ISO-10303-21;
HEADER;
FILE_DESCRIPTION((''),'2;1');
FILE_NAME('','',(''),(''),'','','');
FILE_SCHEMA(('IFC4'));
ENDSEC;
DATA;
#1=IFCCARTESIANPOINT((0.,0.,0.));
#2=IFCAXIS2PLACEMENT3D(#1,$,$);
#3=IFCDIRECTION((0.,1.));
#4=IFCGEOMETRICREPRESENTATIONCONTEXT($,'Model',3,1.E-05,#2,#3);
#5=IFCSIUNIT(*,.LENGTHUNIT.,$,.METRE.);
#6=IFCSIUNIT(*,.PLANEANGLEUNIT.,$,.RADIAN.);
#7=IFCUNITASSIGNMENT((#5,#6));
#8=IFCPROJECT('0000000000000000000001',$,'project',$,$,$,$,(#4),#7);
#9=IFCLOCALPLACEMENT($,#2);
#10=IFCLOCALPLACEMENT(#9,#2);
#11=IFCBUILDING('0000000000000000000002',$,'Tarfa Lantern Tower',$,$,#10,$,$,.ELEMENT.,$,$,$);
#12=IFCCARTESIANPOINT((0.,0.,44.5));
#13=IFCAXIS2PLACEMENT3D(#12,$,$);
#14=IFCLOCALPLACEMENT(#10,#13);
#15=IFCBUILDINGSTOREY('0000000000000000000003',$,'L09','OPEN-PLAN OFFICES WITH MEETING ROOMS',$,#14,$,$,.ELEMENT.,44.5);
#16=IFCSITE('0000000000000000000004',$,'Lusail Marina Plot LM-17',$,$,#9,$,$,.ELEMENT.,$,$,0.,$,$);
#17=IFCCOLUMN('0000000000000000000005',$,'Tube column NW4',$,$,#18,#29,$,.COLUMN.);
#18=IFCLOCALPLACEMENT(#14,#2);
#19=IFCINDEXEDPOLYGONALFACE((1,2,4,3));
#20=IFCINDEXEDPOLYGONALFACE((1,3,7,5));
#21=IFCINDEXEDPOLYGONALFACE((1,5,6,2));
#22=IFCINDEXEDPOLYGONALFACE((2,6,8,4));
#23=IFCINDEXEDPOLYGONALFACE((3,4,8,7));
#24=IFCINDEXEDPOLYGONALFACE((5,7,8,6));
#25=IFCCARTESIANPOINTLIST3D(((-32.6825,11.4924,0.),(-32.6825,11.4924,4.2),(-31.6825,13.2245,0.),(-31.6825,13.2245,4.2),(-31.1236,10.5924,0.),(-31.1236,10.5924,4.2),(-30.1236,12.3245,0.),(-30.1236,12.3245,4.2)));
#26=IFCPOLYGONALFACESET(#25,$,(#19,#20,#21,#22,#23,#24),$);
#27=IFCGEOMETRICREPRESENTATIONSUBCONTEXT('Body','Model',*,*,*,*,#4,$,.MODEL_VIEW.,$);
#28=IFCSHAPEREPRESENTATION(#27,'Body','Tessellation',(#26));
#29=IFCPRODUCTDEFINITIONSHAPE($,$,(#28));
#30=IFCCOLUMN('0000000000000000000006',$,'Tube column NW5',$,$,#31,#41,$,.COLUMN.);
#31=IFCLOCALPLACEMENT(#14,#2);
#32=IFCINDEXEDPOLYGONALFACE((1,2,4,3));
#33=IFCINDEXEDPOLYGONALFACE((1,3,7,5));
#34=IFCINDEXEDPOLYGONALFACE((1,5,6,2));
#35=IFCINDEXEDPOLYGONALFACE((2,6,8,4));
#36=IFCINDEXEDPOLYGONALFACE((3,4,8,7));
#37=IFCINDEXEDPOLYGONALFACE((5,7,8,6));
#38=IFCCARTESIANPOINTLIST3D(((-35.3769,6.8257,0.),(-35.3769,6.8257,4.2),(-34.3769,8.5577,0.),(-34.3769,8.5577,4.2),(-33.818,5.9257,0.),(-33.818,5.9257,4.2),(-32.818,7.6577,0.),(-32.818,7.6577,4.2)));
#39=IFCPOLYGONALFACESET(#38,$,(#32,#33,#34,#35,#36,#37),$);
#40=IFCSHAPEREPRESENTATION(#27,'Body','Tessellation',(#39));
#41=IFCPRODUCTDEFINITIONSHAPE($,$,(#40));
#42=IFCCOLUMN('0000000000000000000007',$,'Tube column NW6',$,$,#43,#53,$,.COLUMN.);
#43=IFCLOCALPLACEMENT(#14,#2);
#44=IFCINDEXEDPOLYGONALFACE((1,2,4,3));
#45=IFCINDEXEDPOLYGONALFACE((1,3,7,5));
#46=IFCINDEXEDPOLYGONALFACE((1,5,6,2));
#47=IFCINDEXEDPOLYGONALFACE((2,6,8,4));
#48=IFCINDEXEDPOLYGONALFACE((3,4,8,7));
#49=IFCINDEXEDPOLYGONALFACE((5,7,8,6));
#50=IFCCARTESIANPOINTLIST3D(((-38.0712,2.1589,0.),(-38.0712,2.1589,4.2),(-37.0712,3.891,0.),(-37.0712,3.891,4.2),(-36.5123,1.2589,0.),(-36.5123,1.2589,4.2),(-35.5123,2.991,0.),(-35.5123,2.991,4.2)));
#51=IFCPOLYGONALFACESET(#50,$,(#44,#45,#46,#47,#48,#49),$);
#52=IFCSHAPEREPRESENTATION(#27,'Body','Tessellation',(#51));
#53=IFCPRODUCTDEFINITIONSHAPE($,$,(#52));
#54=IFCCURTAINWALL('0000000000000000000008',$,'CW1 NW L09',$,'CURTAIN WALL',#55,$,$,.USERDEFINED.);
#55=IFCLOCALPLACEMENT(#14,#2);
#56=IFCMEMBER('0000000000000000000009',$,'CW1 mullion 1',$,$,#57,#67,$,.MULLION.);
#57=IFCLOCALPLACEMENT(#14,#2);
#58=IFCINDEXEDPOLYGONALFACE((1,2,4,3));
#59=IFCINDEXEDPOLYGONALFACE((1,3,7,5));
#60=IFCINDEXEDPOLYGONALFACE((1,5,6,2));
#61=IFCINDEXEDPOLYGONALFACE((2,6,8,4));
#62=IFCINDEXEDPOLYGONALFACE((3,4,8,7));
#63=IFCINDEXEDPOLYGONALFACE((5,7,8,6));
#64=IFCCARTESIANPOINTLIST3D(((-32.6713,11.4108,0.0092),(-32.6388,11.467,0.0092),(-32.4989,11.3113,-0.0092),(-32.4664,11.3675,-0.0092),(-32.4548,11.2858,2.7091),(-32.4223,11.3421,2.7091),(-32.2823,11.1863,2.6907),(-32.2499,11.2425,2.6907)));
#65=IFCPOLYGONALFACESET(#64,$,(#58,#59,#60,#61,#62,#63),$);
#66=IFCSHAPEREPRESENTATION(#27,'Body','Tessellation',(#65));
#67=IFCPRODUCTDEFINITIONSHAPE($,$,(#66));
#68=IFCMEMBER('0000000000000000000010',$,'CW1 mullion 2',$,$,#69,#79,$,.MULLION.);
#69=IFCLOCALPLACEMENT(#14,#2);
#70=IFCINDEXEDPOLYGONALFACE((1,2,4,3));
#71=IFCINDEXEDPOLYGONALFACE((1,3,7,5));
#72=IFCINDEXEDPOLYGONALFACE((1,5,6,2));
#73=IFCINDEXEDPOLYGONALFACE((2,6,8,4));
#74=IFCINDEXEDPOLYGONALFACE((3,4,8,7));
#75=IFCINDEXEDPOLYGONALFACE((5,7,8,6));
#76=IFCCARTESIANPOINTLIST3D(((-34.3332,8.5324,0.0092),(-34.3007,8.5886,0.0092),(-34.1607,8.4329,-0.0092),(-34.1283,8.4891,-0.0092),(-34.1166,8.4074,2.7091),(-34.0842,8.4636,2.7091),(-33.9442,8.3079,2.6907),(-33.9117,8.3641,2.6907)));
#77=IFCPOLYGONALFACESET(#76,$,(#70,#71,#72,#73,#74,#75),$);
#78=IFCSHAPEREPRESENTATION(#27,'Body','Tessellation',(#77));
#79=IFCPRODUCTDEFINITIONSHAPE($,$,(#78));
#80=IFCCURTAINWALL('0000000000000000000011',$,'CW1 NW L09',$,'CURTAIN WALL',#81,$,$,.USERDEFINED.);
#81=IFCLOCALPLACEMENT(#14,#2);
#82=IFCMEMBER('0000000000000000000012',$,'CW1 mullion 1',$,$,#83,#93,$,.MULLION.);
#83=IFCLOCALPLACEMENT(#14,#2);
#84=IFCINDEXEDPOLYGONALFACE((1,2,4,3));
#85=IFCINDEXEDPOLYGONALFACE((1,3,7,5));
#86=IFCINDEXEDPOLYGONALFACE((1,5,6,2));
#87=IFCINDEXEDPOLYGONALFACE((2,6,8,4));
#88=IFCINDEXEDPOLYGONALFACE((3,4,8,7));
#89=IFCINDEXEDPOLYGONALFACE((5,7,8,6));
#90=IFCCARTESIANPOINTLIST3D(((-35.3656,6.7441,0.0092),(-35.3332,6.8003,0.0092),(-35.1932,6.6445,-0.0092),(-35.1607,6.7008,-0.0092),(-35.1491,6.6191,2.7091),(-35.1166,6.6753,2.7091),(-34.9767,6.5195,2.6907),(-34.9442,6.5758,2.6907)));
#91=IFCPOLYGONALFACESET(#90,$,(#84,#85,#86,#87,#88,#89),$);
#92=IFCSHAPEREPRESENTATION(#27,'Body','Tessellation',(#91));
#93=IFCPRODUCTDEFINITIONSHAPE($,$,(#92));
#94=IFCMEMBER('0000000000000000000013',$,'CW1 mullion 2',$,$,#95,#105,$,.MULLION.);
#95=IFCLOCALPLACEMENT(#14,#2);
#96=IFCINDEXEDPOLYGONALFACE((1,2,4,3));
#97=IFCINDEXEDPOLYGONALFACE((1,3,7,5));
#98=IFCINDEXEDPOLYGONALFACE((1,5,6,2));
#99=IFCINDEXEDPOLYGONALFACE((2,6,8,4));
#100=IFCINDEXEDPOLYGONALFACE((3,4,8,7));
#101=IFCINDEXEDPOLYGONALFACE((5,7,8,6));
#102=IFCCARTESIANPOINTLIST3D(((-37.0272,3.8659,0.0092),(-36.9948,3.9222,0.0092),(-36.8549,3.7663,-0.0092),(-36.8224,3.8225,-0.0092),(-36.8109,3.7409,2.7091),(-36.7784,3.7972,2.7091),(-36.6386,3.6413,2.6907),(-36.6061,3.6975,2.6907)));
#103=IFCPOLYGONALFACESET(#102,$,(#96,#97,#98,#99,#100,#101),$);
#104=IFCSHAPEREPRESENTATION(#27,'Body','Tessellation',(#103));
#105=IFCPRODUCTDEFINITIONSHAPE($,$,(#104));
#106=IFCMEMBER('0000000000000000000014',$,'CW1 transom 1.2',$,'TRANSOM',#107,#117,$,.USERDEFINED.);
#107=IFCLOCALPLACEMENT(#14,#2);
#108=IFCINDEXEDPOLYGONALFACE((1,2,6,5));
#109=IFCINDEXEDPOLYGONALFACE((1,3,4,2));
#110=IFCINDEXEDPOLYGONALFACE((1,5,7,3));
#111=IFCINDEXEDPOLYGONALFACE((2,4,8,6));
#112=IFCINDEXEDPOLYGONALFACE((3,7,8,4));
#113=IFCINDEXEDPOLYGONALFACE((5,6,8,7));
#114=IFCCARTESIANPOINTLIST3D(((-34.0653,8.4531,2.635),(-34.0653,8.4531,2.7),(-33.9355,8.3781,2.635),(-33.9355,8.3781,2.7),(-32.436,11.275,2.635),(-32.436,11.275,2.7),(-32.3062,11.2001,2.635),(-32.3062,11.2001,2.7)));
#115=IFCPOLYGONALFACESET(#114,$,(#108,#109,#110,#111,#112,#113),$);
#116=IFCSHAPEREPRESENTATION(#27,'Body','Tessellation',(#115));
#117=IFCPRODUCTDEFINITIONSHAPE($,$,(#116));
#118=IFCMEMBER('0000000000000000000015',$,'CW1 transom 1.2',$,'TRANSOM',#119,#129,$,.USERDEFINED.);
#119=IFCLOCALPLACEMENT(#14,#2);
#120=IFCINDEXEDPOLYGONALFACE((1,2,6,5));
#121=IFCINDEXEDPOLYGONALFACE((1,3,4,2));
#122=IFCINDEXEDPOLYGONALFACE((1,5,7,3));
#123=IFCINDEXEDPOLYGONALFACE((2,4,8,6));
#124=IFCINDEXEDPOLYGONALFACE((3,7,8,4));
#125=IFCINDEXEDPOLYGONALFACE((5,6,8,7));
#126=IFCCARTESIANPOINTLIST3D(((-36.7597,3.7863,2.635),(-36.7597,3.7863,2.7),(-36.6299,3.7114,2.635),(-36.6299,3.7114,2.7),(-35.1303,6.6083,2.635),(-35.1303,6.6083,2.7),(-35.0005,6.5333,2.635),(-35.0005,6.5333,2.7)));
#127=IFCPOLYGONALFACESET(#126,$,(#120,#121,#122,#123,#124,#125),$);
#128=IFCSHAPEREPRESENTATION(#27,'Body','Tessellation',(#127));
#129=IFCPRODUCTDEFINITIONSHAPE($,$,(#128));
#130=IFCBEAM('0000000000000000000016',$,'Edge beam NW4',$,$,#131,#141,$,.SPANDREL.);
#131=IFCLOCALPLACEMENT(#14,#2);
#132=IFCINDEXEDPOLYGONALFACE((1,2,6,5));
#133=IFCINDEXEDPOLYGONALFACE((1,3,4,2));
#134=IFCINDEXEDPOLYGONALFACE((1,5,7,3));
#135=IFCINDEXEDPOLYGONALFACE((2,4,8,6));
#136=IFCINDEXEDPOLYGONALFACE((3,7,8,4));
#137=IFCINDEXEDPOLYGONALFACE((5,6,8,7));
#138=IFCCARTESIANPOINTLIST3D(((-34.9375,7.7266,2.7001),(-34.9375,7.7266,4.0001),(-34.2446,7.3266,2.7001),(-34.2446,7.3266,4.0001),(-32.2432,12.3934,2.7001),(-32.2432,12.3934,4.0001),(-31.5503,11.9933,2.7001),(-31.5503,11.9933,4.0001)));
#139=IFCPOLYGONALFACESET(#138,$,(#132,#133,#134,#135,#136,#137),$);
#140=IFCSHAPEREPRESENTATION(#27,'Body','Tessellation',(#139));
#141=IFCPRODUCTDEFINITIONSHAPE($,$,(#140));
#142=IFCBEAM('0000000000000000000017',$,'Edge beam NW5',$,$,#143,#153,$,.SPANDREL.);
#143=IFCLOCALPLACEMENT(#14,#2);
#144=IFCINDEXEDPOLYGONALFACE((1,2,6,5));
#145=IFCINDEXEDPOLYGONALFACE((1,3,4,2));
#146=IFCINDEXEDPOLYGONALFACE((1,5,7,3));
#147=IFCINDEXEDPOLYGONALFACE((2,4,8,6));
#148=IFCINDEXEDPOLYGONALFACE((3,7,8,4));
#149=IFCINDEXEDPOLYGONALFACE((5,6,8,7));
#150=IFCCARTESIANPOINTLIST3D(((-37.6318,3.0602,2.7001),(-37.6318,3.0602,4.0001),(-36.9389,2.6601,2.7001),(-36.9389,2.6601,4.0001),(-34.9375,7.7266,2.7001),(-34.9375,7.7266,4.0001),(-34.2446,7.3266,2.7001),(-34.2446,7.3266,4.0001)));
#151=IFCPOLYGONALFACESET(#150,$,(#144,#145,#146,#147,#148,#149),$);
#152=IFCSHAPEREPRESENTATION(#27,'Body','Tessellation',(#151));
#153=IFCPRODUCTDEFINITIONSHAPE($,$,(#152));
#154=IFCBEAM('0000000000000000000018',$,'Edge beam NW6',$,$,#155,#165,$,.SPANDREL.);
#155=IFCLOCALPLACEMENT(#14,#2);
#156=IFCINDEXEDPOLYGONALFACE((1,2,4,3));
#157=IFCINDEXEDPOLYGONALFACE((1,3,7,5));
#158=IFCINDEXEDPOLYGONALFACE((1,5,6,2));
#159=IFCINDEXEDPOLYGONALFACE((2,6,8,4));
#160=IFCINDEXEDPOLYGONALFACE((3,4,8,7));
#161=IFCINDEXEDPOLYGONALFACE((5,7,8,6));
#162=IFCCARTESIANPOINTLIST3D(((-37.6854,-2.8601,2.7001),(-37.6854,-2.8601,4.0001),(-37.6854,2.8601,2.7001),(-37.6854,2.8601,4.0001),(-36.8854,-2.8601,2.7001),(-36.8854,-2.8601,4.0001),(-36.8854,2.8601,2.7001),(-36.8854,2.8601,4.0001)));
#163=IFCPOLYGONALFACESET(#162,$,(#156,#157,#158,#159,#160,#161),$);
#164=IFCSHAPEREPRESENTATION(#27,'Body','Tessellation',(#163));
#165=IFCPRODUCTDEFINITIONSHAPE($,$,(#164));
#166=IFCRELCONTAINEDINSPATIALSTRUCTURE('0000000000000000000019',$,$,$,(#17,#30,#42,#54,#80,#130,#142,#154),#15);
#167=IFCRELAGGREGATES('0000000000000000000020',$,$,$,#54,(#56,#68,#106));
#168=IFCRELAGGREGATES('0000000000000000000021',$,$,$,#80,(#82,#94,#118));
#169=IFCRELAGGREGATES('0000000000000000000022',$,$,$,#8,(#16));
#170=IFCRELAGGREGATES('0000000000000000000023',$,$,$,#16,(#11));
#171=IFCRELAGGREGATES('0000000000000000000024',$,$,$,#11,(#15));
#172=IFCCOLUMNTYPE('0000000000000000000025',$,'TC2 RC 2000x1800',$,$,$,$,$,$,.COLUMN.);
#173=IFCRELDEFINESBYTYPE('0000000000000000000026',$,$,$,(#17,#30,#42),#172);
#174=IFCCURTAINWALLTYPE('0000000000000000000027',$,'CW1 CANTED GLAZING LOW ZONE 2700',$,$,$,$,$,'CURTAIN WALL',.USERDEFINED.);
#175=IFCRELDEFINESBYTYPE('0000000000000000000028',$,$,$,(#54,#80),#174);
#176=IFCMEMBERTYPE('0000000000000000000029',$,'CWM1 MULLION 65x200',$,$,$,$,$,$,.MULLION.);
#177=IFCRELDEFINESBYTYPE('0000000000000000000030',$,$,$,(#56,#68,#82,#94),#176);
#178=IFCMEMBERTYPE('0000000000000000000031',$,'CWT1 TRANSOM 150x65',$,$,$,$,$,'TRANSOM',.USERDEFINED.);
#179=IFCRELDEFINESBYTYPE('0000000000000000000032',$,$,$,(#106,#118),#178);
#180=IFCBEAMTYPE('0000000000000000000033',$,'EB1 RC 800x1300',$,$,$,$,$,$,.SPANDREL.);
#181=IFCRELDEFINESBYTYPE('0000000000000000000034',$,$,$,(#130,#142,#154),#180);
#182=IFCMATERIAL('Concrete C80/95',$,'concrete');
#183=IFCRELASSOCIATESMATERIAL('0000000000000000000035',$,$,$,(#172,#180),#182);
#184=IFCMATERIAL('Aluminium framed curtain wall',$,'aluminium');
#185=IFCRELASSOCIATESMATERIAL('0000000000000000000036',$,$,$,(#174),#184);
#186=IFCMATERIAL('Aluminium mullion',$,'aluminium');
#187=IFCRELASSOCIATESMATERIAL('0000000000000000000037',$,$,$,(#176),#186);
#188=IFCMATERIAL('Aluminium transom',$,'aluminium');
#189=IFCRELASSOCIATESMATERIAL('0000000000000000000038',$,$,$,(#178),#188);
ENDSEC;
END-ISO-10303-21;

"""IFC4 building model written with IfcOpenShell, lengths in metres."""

from ifc_helpers import new_model, si_unit, direction, frame, origin, origin_2d, place, context, subcontext, project, spatial, rectangle, extrude, material, material_profile, profile_set, type_object, element, aggregate, save


model = new_model("IFC4")

# Units and contexts
model_context = context("Model", 3, precision=1e-05, world=origin(), true_north=direction((0.0, 1.0)))
body_context = subcontext(model_context, "Body", "Model", "MODEL_VIEW")
ifc_project = project(units=[si_unit("LENGTHUNIT", "METRE"), si_unit("PLANEANGLEUNIT", "RADIAN")], contexts=[model_context])

# Site, building, storey
site_placement = place(None, origin())
site = spatial("IfcSite", under=ifc_project, at=site_placement, Name="Lusail Marina Plot LM-17", CompositionType="ELEMENT", RefElevation=0.0)
building_placement = place(site_placement, origin())
building = spatial("IfcBuilding", under=site, at=building_placement, Name="Tarfa Lantern Tower", CompositionType="ELEMENT")
storey_placement = place(building_placement, frame((0.0, 0.0, 44.5)))
storey = spatial("IfcBuildingStorey", under=building, at=storey_placement, Name="L09", Description="OPEN-PLAN OFFICES WITH MEETING ROOMS", CompositionType="ELEMENT", Elevation=44.5)

# Columns
ifc_material_1 = material(Name="Concrete C80/95", Category="concrete")
ifc_material_profile_1 = material_profile(ifc_material_1, rectangle(XDim=2.0, YDim=1.8, at=origin_2d()), Name="RC 2000x1800")
ifc_profile_set_1 = profile_set([ifc_material_profile_1], Name="Concrete C80/95")
column_type = type_object("IfcColumnType", Name="TC2 RC 2000x1800", PredefinedType="COLUMN", material=ifc_profile_set_1)
for number, where, z_axis, x_axis, name in (
    (1, (-31.4031, 11.9084, 0.0), (0.0, 0.0, 1.0), (-0.5, -0.866025, 0.0), "Tube column NW4"),
    (2, (-34.0974, 7.2417, 0.0), (0.0, 0.0, 1.0), (-0.5, -0.866025, 0.0), "Tube column NW5"),
    (3, (-36.7917, 2.575, 0.0), (0.0, 0.0, 1.0), (-0.5, -0.866025, 0.0), "Tube column NW6"),
):
    element("IfcColumn", number, at=place(storey_placement, frame(where, z_axis=z_axis, x_axis=x_axis)), inside=storey, type_object=column_type, Name=name, PredefinedType="COLUMN", context=body_context, shape_type="SweptSolid", body=[
        extrude(rectangle(XDim=2.0, YDim=1.8, at=origin_2d()), origin(), (0.0, 0.0, 1.0), 4.2),
    ])

# Curtain walls, members
ifc_material_2 = material(Name="Aluminium framed curtain wall", Category="aluminium")
curtain_wall_type = type_object("IfcCurtainWallType", Name="CW1 CANTED GLAZING LOW ZONE 2700", ElementType="CURTAIN WALL", PredefinedType="USERDEFINED", material=ifc_material_2)
curtain_wall_1_placement = place(storey_placement, origin())
curtain_wall_1 = element("IfcCurtainWall", 4, at=curtain_wall_1_placement, inside=storey, type_object=curtain_wall_type, Name="CW1 NW L09", ObjectType="CURTAIN WALL", PredefinedType="USERDEFINED")
ifc_material_3 = material(Name="Aluminium mullion", Category="aluminium")
ifc_material_profile_2 = material_profile(ifc_material_3, rectangle(XDim=0.0649, YDim=0.2, at=origin_2d()), Name="AL MULLION 65x200")
ifc_profile_set_2 = profile_set([ifc_material_profile_2], Name="Aluminium mullion")
member_type_1 = type_object("IfcMemberType", Name="CWM1 MULLION 65x200", PredefinedType="MULLION", material=ifc_profile_set_2)
member_1_placement = place(storey_placement, frame((-32.5688, 11.3892, 0.0), z_axis=(0.079864, -0.0461, 0.995739), x_axis=(0.49992, 0.866072, 0.0)))
member_1 = element("IfcMember", 5, at=member_1_placement, type_object=member_type_1, Name="CW1 mullion 1", PredefinedType="MULLION", context=body_context, shape_type="SweptSolid", body=[
    extrude(rectangle(XDim=0.0649, YDim=0.2, at=origin_2d()), origin(), (0.0, 0.0, 1.0), 2.7114),
])
member_2_placement = place(storey_placement, frame((-34.2307, 8.5107, 0.0), z_axis=(0.079864, -0.0461, 0.995739), x_axis=(0.49992, 0.866072, 0.0)))
member_2 = element("IfcMember", 6, at=member_2_placement, type_object=member_type_1, Name="CW1 mullion 2", PredefinedType="MULLION", context=body_context, shape_type="SweptSolid", body=[
    extrude(rectangle(XDim=0.0649, YDim=0.2, at=origin_2d()), origin(), (0.0, 0.0, 1.0), 2.7114),
])
curtain_wall_2_placement = place(storey_placement, origin())
curtain_wall_2 = element("IfcCurtainWall", 7, at=curtain_wall_2_placement, inside=storey, type_object=curtain_wall_type, Name="CW1 NW L09", ObjectType="CURTAIN WALL", PredefinedType="USERDEFINED")
member_3_placement = place(storey_placement, frame((-35.2632, 6.7224, 0.0), z_axis=(0.079864, -0.0461, 0.995739), x_axis=(0.49992, 0.866072, 0.0)))
member_3 = element("IfcMember", 8, at=member_3_placement, type_object=member_type_1, Name="CW1 mullion 1", PredefinedType="MULLION", context=body_context, shape_type="SweptSolid", body=[
    extrude(rectangle(XDim=0.0649, YDim=0.2, at=origin_2d()), origin(), (0.0, 0.0, 1.0), 2.7114),
])
member_4_placement = place(storey_placement, frame((-36.9248, 3.8442, 0.0), z_axis=(0.079775, -0.0461, 0.995746), x_axis=(0.500343, 0.865827, 0.0)))
member_4 = element("IfcMember", 9, at=member_4_placement, type_object=member_type_1, Name="CW1 mullion 2", PredefinedType="MULLION", context=body_context, shape_type="SweptSolid", body=[
    extrude(rectangle(XDim=0.0649, YDim=0.2, at=origin_2d()), origin(), (0.0, 0.0, 1.0), 2.7114),
])

# Members
ifc_material_4 = material(Name="Aluminium transom", Category="aluminium")
ifc_material_profile_3 = material_profile(ifc_material_4, rectangle(XDim=0.1499, YDim=0.0649, at=origin_2d()), Name="AL TRANSOM 150x65")
ifc_profile_set_3 = profile_set([ifc_material_profile_3], Name="Aluminium transom")
member_type_2 = type_object("IfcMemberType", Name="CWT1 TRANSOM 150x65", ElementType="TRANSOM", PredefinedType="USERDEFINED", material=ifc_profile_set_3)
member_5_placement = place(storey_placement, frame((-32.3711, 11.2375, 2.6675), z_axis=(-0.500023, -0.866012, 0.0), x_axis=(0.866012, -0.500023, 0.0)))
member_5 = element("IfcMember", 10, at=member_5_placement, type_object=member_type_2, Name="CW1 transom 1.2", ObjectType="TRANSOM", PredefinedType="USERDEFINED", context=body_context, shape_type="SweptSolid", body=[
    extrude(rectangle(XDim=0.1499, YDim=0.0649, at=origin_2d()), origin(), (0.0, 0.0, 1.0), 3.2585),
])
member_6_placement = place(storey_placement, frame((-35.0654, 6.5708, 2.6675), z_axis=(-0.500023, -0.866012, 0.0), x_axis=(0.866012, -0.500023, 0.0)))
member_6 = element("IfcMember", 11, at=member_6_placement, type_object=member_type_2, Name="CW1 transom 1.2", ObjectType="TRANSOM", PredefinedType="USERDEFINED", context=body_context, shape_type="SweptSolid", body=[
    extrude(rectangle(XDim=0.1499, YDim=0.0649, at=origin_2d()), origin(), (0.0, 0.0, 1.0), 3.2585),
])

# Beams
ifc_material_profile_4 = material_profile(ifc_material_1, rectangle(XDim=0.8, YDim=1.3, at=origin_2d()), Name="RC 800x1300")
ifc_profile_set_4 = profile_set([ifc_material_profile_4], Name="Concrete C80/95")
beam_type_1 = type_object("IfcBeamType", Name="EB1 RC 800x1300", PredefinedType="SPANDREL", material=ifc_profile_set_4)
beam_1_placement = place(storey_placement, frame((-31.8967, 12.1934, 3.3501), z_axis=(-0.499998, -0.866026, 0.0), x_axis=(0.866026, -0.499998, 0.0)))
element("IfcBeam", 12, at=beam_1_placement, inside=storey, type_object=beam_type_1, Name="Edge beam NW4", PredefinedType="SPANDREL", context=body_context, shape_type="SweptSolid", body=[
    extrude(rectangle(XDim=0.8, YDim=1.3, at=origin_2d()), origin(), (0.0, 0.0, 1.0), 5.3887),
])
beam_2_placement = place(storey_placement, frame((-34.5911, 7.5266, 3.3501), z_axis=(-0.500018, -0.866015, 0.0), x_axis=(0.866015, -0.500018, 0.0)))
element("IfcBeam", 13, at=beam_2_placement, inside=storey, type_object=beam_type_1, Name="Edge beam NW5", PredefinedType="SPANDREL", context=body_context, shape_type="SweptSolid", body=[
    extrude(rectangle(XDim=0.8, YDim=1.3, at=origin_2d()), origin(), (0.0, 0.0, 1.0), 5.3884),
])
beam_3_placement = place(storey_placement, frame((-37.2854, 2.8601, 3.3501), z_axis=(0.0, -1.0, 0.0), x_axis=(1.0, 0.0, 0.0)))
element("IfcBeam", 14, at=beam_3_placement, inside=storey, type_object=beam_type_1, Name="Edge beam NW6", PredefinedType="SPANDREL", context=body_context, shape_type="SweptSolid", body=[
    extrude(rectangle(XDim=0.8, YDim=1.3, at=origin_2d()), origin(), (0.0, 0.0, 1.0), 5.7202),
])

aggregate(curtain_wall_1, [member_1, member_2, member_5])
aggregate(curtain_wall_2, [member_3, member_4, member_6])

save(model, "model.ifc")
